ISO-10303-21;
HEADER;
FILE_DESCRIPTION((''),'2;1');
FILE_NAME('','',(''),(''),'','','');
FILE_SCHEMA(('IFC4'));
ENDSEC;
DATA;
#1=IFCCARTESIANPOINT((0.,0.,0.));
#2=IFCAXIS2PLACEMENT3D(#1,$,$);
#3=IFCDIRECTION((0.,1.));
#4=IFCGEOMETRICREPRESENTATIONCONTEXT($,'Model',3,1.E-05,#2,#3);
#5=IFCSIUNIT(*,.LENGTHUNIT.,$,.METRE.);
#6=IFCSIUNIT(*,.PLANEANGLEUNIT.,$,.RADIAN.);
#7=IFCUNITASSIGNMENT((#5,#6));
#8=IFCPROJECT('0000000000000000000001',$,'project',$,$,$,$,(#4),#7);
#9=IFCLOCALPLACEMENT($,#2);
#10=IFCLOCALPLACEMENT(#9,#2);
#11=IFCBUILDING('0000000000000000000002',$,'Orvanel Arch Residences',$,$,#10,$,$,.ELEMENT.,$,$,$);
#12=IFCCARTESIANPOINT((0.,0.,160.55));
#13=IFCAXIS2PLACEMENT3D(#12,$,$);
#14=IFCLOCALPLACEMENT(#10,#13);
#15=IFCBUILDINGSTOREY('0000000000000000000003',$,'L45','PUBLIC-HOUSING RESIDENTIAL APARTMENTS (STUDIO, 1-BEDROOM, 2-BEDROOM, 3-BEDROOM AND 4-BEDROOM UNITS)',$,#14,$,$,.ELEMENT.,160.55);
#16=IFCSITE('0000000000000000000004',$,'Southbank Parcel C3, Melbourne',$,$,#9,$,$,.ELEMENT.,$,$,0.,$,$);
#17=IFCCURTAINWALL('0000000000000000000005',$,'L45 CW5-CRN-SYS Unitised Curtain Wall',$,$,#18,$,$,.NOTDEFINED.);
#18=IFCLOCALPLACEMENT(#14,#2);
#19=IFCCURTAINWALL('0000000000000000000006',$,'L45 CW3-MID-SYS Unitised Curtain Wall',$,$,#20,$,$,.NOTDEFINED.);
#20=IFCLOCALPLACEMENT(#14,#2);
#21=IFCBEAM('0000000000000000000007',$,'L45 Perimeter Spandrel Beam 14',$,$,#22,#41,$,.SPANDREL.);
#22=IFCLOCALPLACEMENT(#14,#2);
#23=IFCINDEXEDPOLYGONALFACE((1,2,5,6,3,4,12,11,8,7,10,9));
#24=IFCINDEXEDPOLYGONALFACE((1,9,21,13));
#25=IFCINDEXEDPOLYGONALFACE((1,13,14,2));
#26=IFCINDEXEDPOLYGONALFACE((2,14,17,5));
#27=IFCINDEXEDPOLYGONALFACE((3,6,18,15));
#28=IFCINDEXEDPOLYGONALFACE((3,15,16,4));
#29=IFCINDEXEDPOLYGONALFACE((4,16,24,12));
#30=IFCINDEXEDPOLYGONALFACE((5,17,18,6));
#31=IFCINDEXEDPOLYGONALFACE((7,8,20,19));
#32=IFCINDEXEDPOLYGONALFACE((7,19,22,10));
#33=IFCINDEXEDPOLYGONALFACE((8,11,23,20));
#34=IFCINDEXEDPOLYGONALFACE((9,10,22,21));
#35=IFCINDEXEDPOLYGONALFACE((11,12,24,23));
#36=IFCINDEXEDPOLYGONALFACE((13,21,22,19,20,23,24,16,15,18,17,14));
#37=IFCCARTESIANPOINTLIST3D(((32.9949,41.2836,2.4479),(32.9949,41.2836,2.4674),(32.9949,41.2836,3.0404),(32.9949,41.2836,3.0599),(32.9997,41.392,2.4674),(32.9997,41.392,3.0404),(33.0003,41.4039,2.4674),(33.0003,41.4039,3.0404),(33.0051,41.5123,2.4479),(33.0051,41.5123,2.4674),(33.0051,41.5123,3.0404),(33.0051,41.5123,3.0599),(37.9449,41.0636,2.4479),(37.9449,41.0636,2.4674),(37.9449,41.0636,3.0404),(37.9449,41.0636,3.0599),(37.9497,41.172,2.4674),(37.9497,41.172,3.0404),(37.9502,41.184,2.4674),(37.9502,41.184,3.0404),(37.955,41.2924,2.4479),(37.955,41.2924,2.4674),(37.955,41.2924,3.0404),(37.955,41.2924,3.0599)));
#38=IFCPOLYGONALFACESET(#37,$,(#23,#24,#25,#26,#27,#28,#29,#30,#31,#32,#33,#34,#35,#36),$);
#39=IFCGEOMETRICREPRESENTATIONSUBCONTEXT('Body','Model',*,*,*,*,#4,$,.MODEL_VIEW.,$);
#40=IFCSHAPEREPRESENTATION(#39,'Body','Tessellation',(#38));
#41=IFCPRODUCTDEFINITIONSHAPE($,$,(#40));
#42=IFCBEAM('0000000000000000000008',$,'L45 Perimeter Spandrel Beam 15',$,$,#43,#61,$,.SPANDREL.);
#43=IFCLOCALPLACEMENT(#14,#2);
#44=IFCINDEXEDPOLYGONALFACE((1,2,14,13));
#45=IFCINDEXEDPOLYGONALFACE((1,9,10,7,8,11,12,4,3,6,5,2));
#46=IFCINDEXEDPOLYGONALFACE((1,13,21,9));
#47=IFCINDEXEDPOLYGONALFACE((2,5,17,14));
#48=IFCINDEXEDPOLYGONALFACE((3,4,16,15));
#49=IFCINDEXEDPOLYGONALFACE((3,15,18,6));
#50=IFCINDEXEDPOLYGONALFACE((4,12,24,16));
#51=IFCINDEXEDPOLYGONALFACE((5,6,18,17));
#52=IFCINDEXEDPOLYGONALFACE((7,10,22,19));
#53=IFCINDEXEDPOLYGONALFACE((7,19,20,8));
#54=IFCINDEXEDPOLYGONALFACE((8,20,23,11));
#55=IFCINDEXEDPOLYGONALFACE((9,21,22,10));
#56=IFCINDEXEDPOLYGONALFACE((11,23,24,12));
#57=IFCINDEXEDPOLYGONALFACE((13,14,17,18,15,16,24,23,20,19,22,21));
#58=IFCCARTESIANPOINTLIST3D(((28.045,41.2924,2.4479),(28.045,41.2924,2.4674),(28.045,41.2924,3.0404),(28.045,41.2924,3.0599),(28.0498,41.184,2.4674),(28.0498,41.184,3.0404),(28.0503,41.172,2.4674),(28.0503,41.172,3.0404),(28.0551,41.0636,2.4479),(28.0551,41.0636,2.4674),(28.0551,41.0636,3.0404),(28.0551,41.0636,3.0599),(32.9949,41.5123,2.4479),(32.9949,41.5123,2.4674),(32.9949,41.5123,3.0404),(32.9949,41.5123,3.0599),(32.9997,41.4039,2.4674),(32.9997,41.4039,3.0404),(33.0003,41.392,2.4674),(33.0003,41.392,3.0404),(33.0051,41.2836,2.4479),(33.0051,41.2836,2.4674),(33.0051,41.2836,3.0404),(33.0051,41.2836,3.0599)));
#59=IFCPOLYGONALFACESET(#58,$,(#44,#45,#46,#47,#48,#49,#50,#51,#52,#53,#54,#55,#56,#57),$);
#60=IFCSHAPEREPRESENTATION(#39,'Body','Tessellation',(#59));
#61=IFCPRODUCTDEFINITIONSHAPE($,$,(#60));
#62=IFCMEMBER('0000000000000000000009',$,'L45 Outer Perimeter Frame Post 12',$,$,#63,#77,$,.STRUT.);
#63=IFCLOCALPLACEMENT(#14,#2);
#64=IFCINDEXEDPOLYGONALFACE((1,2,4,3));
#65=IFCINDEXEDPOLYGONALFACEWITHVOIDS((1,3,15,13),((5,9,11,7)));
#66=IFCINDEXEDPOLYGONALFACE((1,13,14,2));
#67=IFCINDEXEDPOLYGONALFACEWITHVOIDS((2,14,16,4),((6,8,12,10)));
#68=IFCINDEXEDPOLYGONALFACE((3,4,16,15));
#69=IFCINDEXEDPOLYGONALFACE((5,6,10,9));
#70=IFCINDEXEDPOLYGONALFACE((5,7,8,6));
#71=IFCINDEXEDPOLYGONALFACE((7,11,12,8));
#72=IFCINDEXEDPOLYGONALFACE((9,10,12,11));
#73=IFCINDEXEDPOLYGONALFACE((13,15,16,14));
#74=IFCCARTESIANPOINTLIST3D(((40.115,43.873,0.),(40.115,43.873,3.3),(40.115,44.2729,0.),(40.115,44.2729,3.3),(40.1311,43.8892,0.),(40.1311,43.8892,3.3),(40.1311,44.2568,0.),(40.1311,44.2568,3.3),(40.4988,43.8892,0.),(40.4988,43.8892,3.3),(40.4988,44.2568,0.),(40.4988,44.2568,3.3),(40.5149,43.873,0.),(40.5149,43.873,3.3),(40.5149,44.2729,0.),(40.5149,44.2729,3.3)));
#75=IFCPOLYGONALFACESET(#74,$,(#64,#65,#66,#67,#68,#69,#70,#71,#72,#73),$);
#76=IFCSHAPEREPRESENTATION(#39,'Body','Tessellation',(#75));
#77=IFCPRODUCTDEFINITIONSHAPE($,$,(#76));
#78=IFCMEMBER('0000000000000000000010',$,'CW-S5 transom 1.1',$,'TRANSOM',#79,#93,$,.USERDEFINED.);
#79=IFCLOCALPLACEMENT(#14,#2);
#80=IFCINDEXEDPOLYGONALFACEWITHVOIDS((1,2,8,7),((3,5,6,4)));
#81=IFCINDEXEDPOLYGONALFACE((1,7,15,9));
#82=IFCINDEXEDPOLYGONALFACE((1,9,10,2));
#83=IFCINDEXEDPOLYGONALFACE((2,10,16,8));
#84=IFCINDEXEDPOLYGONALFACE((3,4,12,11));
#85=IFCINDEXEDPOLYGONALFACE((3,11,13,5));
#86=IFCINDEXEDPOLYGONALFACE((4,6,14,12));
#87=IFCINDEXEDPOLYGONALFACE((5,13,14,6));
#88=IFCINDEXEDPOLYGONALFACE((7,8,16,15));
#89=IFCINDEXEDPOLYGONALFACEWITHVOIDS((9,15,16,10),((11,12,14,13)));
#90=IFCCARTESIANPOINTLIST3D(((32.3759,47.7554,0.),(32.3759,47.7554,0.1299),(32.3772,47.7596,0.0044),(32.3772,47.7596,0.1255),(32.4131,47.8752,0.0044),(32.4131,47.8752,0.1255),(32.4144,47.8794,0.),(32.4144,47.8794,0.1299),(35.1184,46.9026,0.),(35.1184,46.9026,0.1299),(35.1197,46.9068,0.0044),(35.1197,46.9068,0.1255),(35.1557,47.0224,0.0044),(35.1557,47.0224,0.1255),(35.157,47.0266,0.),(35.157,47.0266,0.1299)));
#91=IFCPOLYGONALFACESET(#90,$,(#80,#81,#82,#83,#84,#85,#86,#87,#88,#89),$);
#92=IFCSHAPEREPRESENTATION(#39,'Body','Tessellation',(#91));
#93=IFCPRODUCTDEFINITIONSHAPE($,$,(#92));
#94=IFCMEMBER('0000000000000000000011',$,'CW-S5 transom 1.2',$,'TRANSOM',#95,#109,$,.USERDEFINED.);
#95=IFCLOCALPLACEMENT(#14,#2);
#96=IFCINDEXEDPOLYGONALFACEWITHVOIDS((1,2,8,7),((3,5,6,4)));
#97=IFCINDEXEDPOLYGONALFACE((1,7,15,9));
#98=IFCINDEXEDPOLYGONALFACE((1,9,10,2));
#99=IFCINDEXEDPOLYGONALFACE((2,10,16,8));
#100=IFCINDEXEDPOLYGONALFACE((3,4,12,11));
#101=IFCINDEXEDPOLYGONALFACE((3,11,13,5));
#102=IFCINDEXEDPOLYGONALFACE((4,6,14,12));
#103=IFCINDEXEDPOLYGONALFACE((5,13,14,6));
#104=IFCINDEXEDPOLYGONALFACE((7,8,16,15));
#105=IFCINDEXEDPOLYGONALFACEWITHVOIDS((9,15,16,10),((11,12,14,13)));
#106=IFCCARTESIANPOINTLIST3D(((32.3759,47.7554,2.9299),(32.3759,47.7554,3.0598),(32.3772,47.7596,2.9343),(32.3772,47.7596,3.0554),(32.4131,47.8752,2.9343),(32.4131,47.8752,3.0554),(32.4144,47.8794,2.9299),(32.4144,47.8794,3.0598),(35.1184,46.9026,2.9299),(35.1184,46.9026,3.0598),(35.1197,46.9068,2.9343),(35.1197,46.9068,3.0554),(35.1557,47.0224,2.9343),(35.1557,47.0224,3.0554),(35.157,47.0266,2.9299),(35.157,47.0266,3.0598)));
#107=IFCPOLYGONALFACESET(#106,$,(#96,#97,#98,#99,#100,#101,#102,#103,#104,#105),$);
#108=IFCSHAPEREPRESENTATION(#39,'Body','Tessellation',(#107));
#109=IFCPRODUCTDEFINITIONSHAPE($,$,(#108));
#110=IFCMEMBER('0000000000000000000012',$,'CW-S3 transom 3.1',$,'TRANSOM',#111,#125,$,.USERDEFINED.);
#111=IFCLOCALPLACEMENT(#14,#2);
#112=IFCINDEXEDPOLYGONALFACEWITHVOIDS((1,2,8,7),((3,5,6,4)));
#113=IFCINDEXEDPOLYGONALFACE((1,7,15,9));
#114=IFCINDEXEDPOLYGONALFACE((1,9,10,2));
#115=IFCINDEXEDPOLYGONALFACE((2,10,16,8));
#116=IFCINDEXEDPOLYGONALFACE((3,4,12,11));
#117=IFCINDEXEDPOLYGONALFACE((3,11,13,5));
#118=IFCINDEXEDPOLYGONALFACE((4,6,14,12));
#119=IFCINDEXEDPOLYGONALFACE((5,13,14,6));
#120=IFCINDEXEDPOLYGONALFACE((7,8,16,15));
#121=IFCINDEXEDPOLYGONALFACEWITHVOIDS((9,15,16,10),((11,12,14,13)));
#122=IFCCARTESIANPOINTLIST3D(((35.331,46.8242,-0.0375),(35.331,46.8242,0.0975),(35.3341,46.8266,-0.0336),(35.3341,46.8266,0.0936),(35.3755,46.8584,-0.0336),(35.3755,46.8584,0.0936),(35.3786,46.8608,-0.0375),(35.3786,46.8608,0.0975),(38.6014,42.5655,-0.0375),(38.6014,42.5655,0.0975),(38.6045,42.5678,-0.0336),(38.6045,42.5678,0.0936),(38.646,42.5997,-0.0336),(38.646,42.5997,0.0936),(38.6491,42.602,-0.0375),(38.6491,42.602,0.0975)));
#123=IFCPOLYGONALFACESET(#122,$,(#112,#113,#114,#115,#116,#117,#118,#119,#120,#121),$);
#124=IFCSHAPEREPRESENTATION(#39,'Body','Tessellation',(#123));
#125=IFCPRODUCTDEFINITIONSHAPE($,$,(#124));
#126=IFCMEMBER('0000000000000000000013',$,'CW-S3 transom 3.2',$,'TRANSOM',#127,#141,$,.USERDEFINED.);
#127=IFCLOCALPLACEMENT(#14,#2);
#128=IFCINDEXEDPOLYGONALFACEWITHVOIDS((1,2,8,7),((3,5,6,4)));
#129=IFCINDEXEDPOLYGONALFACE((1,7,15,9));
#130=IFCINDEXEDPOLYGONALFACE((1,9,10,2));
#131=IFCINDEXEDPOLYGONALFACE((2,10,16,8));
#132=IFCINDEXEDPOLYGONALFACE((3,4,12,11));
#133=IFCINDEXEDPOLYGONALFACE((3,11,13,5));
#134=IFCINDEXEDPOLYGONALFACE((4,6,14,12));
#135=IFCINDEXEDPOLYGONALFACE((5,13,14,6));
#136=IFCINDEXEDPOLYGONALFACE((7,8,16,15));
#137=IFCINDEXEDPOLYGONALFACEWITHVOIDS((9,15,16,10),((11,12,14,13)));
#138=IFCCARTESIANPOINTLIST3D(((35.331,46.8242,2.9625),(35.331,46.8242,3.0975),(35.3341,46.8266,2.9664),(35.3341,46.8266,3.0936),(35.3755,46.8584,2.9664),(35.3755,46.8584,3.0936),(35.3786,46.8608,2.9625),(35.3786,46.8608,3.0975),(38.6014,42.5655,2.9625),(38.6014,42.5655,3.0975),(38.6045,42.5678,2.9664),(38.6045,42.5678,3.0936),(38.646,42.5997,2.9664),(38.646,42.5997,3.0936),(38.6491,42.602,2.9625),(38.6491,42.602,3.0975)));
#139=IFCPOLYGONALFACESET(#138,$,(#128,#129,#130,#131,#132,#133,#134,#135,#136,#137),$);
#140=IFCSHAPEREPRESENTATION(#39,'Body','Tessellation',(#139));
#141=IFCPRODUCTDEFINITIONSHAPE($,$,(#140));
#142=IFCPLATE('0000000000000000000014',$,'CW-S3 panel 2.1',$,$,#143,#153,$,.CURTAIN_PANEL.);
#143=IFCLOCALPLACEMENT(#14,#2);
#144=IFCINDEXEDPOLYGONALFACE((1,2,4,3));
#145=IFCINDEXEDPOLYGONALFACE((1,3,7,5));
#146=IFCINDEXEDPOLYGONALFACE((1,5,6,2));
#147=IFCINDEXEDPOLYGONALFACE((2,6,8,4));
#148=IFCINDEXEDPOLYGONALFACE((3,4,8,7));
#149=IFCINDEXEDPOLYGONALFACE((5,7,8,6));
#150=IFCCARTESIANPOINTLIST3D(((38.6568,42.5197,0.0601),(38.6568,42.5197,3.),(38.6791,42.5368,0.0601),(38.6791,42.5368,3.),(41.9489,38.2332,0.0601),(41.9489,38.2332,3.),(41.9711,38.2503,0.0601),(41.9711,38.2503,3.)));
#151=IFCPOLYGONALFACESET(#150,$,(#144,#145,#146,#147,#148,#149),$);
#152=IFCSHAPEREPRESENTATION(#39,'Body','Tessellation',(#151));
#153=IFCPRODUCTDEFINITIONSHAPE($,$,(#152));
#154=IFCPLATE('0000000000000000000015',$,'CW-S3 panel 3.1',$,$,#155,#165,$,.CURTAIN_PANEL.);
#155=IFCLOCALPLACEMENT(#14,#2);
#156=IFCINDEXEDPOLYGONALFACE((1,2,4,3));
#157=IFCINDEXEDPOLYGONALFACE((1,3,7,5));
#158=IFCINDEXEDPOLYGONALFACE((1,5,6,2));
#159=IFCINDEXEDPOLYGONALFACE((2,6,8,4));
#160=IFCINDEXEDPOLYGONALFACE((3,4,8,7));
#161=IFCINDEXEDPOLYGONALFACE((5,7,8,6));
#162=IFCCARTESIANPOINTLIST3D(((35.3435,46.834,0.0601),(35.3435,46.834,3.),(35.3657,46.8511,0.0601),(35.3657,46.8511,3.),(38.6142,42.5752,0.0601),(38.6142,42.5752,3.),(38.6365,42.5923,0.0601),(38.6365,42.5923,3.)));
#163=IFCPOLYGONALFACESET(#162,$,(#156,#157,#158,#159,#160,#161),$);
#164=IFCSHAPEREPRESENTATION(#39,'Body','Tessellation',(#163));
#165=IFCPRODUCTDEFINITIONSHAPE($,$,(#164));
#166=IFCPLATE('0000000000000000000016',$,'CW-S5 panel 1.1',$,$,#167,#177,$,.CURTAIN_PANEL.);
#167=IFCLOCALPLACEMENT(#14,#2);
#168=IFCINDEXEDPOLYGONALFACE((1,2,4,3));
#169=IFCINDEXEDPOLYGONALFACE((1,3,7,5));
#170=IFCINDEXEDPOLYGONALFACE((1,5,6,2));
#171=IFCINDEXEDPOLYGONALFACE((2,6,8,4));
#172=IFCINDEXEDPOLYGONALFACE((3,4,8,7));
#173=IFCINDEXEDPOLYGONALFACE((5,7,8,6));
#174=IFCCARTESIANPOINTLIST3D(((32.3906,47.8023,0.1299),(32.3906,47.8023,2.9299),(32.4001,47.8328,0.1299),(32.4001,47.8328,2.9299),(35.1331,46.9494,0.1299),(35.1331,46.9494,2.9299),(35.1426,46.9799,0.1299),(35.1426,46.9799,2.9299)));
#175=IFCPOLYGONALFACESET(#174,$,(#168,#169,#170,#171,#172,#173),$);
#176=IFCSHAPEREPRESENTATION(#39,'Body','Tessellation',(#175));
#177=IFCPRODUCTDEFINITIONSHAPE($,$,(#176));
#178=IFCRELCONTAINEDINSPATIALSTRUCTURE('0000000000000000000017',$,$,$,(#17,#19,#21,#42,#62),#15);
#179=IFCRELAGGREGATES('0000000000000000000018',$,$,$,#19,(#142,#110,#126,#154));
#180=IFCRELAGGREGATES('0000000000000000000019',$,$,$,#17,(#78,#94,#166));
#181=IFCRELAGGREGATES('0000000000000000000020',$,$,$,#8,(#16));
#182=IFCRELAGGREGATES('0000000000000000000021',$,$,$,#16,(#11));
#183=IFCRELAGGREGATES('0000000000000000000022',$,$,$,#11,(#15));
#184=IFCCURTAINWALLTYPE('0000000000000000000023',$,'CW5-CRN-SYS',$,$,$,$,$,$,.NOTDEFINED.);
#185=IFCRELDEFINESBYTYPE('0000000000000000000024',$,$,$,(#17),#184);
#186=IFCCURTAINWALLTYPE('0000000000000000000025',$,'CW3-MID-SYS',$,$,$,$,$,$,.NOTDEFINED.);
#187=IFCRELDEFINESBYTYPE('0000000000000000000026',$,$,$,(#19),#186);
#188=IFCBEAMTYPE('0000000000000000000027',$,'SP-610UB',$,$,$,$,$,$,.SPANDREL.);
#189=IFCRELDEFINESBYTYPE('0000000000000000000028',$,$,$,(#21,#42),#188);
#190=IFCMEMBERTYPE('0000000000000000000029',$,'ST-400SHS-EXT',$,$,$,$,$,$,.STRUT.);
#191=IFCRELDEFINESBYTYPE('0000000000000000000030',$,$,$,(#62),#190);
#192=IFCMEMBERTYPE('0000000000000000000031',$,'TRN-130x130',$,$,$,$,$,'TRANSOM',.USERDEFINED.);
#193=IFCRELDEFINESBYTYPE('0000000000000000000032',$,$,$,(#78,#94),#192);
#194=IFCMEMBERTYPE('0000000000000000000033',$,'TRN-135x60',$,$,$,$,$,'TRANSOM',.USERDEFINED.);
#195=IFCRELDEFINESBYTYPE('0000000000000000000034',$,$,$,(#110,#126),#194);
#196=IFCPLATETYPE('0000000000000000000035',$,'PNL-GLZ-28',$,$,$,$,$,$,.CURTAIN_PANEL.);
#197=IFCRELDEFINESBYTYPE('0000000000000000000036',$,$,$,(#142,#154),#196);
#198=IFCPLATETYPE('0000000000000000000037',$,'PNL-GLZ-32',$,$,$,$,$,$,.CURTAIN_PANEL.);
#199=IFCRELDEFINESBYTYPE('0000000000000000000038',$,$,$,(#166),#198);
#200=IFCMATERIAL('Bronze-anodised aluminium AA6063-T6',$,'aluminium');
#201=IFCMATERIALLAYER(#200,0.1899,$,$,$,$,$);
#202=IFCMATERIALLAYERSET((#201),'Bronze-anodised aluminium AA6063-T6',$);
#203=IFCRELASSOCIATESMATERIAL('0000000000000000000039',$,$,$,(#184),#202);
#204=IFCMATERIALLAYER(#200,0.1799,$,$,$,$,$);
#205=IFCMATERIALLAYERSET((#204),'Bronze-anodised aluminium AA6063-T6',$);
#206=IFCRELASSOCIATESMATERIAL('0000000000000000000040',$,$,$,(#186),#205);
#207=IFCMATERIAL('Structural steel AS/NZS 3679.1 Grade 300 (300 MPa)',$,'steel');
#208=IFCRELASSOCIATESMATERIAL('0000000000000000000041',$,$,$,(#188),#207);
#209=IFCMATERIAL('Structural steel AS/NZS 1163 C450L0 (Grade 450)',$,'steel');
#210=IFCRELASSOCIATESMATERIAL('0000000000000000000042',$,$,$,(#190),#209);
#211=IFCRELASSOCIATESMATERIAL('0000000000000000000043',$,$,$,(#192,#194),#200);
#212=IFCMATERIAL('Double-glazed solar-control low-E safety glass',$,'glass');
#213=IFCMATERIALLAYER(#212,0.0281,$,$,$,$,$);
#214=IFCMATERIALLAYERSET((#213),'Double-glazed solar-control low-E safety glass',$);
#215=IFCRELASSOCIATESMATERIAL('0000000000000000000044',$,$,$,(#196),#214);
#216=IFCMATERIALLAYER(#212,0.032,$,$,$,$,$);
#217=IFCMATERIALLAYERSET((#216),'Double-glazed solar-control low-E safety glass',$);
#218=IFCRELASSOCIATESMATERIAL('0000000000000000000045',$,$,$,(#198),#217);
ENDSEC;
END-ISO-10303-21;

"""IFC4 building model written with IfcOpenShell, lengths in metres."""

from ifc_helpers import new_model, si_unit, direction, frame, origin, origin_2d, place, context, subcontext, project, spatial, rectangle, hollow_rectangle, i_section, extrude, material, layer, layer_set, material_profile, profile_set, type_object, element, aggregate, save


model = new_model("IFC4")

# Units and contexts
model_context = context("Model", 3, precision=1e-05, world=origin(), true_north=direction((0.0, 1.0)))
body_context = subcontext(model_context, "Body", "Model", "MODEL_VIEW")
ifc_project = project(units=[si_unit("LENGTHUNIT", "METRE"), si_unit("PLANEANGLEUNIT", "RADIAN")], contexts=[model_context])

# Site, building, storey
site_placement = place(None, origin())
site = spatial("IfcSite", under=ifc_project, at=site_placement, Name="Southbank Parcel C3, Melbourne", CompositionType="ELEMENT", RefElevation=0.0)
building_placement = place(site_placement, origin())
building = spatial("IfcBuilding", under=site, at=building_placement, Name="Orvanel Arch Residences", CompositionType="ELEMENT")
storey_placement = place(building_placement, frame((0.0, 0.0, 160.55)))
storey = spatial("IfcBuildingStorey", under=building, at=storey_placement, Name="L45", Description="PUBLIC-HOUSING RESIDENTIAL APARTMENTS (STUDIO, 1-BEDROOM, 2-BEDROOM, 3-BEDROOM AND 4-BEDROOM UNITS)", CompositionType="ELEMENT", Elevation=160.55)

# Shared definitions
ifc_material_1 = material(Name="Structural steel AS/NZS 3679.1 Grade 300 (300 MPa)", Category="steel")

# Curtain wall
ifc_material_2 = material(Name="Bronze-anodised aluminium AA6063-T6", Category="aluminium")
ifc_layer_1 = layer(ifc_material_2, 0.1899)
ifc_layer_set_1 = layer_set([ifc_layer_1], Name="Bronze-anodised aluminium AA6063-T6")
curtain_wall_type_1 = type_object("IfcCurtainWallType", Name="CW5-CRN-SYS", PredefinedType="NOTDEFINED", material=ifc_layer_set_1)
curtain_wall_1_placement = place(storey_placement, origin())
curtain_wall_1 = element("IfcCurtainWall", 1, at=curtain_wall_1_placement, inside=storey, type_object=curtain_wall_type_1, Name="L45 CW5-CRN-SYS Unitised Curtain Wall", PredefinedType="NOTDEFINED")

# Curtain wall
ifc_layer_2 = layer(ifc_material_2, 0.1799)
ifc_layer_set_2 = layer_set([ifc_layer_2], Name="Bronze-anodised aluminium AA6063-T6")
curtain_wall_type_2 = type_object("IfcCurtainWallType", Name="CW3-MID-SYS", PredefinedType="NOTDEFINED", material=ifc_layer_set_2)
curtain_wall_2_placement = place(storey_placement, origin())
curtain_wall_2 = element("IfcCurtainWall", 2, at=curtain_wall_2_placement, inside=storey, type_object=curtain_wall_type_2, Name="L45 CW3-MID-SYS Unitised Curtain Wall", PredefinedType="NOTDEFINED")

# Beams
ifc_material_profile_1 = material_profile(ifc_material_1, i_section(OverallWidth=0.229, OverallDepth=0.6121, WebThickness=0.012, FlangeThickness=0.0195, at=origin_2d()), Name="610UB125")
ifc_profile_set_1 = profile_set([ifc_material_profile_1], Name="Structural steel AS/NZS 3679.1 Grade 300 (300 MPa)")
beam_type_1 = type_object("IfcBeamType", Name="SP-610UB", PredefinedType="SPANDREL", material=ifc_profile_set_1)
for number, where, z_axis, x_axis, name in (
    (3, (37.95, 41.178, 2.7539), (-0.999014, 0.044395, 0.0), (-0.044395, -0.999014, 0.0), "L45 Perimeter Spandrel Beam 14"),
    (4, (33.0, 41.3979, 2.7539), (-0.999014, -0.044395, 0.0), (0.044395, -0.999014, 0.0), "L45 Perimeter Spandrel Beam 15"),
):
    element("IfcBeam", number, at=place(storey_placement, frame(where, z_axis=z_axis, x_axis=x_axis)), inside=storey, type_object=beam_type_1, Name=name, PredefinedType="SPANDREL", context=body_context, shape_type="SweptSolid", body=[
        extrude(i_section(OverallWidth=0.229, OverallDepth=0.6121, WebThickness=0.012, FlangeThickness=0.0195, at=origin_2d()), origin(), (0.0, 0.0, 1.0), 4.9548),
    ])

# Members
ifc_material_3 = material(Name="Structural steel AS/NZS 1163 C450L0 (Grade 450)", Category="steel")
ifc_material_profile_2 = material_profile(ifc_material_3, hollow_rectangle(XDim=0.3999, YDim=0.3999, WallThickness=0.0161, at=origin_2d()), Name="SHS400x400x16")
ifc_profile_set_2 = profile_set([ifc_material_profile_2], Name="Structural steel AS/NZS 1163 C450L0 (Grade 450)")
member_type_1 = type_object("IfcMemberType", Name="ST-400SHS-EXT", PredefinedType="STRUT", material=ifc_profile_set_2)
member_1_placement = place(storey_placement, frame((40.3149, 44.073, 0.0), z_axis=(0.0, 0.0, 1.0), x_axis=(1.0, 0.0, 0.0)))
element("IfcMember", 5, at=member_1_placement, inside=storey, type_object=member_type_1, Name="L45 Outer Perimeter Frame Post 12", PredefinedType="STRUT", context=body_context, shape_type="SweptSolid", body=[
    extrude(hollow_rectangle(XDim=0.3999, YDim=0.3999, WallThickness=0.0161, at=origin_2d()), origin(), (0.0, 0.0, 1.0), 3.3),
])
ifc_material_profile_3 = material_profile(ifc_material_2, hollow_rectangle(XDim=0.1299, YDim=0.1299, WallThickness=0.0044, at=origin_2d()), Name="ALU130x130x4.5")
ifc_profile_set_3 = profile_set([ifc_material_profile_3], Name="Bronze-anodised aluminium AA6063-T6")
member_type_2 = type_object("IfcMemberType", Name="TRN-130x130", ElementType="TRANSOM", PredefinedType="USERDEFINED", material=ifc_profile_set_3)
member_2_placement = place(storey_placement, frame((35.1377, 46.9646, 0.0649), z_axis=(-0.954898, 0.296934, 0.0), x_axis=(-0.296934, -0.954898, 0.0)))
member_2 = element("IfcMember", 6, at=member_2_placement, type_object=member_type_2, Name="CW-S5 transom 1.1", ObjectType="TRANSOM", PredefinedType="USERDEFINED", context=body_context, shape_type="SweptSolid", body=[
    extrude(hollow_rectangle(XDim=0.1299, YDim=0.1299, WallThickness=0.0044, at=origin_2d()), origin(), (0.0, 0.0, 1.0), 2.8721),
])
member_3_placement = place(storey_placement, frame((35.1377, 46.9646, 2.9949), z_axis=(-0.954898, 0.296934, 0.0), x_axis=(-0.296934, -0.954898, 0.0)))
member_3 = element("IfcMember", 7, at=member_3_placement, type_object=member_type_2, Name="CW-S5 transom 1.2", ObjectType="TRANSOM", PredefinedType="USERDEFINED", context=body_context, shape_type="SweptSolid", body=[
    extrude(hollow_rectangle(XDim=0.1299, YDim=0.1299, WallThickness=0.0044, at=origin_2d()), origin(), (0.0, 0.0, 1.0), 2.8721),
])
ifc_material_profile_4 = material_profile(ifc_material_2, hollow_rectangle(XDim=0.0601, YDim=0.135, WallThickness=0.0039, at=origin_2d()), Name="ALU135x60x4")
ifc_profile_set_4 = profile_set([ifc_material_profile_4], Name="Bronze-anodised aluminium AA6063-T6")
member_type_3 = type_object("IfcMemberType", Name="TRN-135x60", ElementType="TRANSOM", PredefinedType="USERDEFINED", material=ifc_profile_set_4)
member_4_placement = place(storey_placement, frame((38.6252, 42.5837, 0.03), z_axis=(-0.609069, 0.793117, 0.0), x_axis=(-0.793117, -0.609069, 0.0)))
member_4 = element("IfcMember", 8, at=member_4_placement, type_object=member_type_3, Name="CW-S3 transom 3.1", ObjectType="TRANSOM", PredefinedType="USERDEFINED", context=body_context, shape_type="SweptSolid", body=[
    extrude(hollow_rectangle(XDim=0.0601, YDim=0.135, WallThickness=0.0039, at=origin_2d()), origin(), (0.0, 0.0, 1.0), 5.3696),
])
member_5_placement = place(storey_placement, frame((38.6252, 42.5837, 3.03), z_axis=(-0.609069, 0.793117, 0.0), x_axis=(-0.793117, -0.609069, 0.0)))
member_5 = element("IfcMember", 9, at=member_5_placement, type_object=member_type_3, Name="CW-S3 transom 3.2", ObjectType="TRANSOM", PredefinedType="USERDEFINED", context=body_context, shape_type="SweptSolid", body=[
    extrude(hollow_rectangle(XDim=0.0601, YDim=0.135, WallThickness=0.0039, at=origin_2d()), origin(), (0.0, 0.0, 1.0), 5.3696),
])

# Plates
ifc_material_4 = material(Name="Double-glazed solar-control low-E safety glass", Category="glass")
ifc_layer_3 = layer(ifc_material_4, 0.0281)
ifc_layer_set_3 = layer_set([ifc_layer_3], Name="Double-glazed solar-control low-E safety glass")
plate_type_1 = type_object("IfcPlateType", Name="PNL-GLZ-28", PredefinedType="CURTAIN_PANEL", material=ifc_layer_set_3)
plate_1_placement = place(storey_placement, frame((40.314, 40.385, 0.0601), z_axis=(0.0, 0.0, 1.0), x_axis=(-0.609099, 0.793095, 0.0)))
plate_1 = element("IfcPlate", 10, at=plate_1_placement, type_object=plate_type_1, Name="CW-S3 panel 2.1", PredefinedType="CURTAIN_PANEL", context=body_context, shape_type="SweptSolid", body=[
    extrude(rectangle(XDim=5.4048, YDim=0.0281, at=origin_2d()), origin(), (0.0, 0.0, 1.0), 2.9399),
])
plate_2_placement = place(storey_placement, frame((36.99, 44.7131, 0.0601), z_axis=(0.0, 0.0, 1.0), x_axis=(-0.609099, 0.793095, 0.0)))
plate_2 = element("IfcPlate", 11, at=plate_2_placement, type_object=plate_type_1, Name="CW-S3 panel 3.1", PredefinedType="CURTAIN_PANEL", context=body_context, shape_type="SweptSolid", body=[
    extrude(rectangle(XDim=5.3699, YDim=0.0281, at=origin_2d()), origin(), (0.0, 0.0, 1.0), 2.9399),
])
aggregate(curtain_wall_2, [plate_1, member_4, member_5, plate_2])
ifc_layer_4 = layer(ifc_material_4, 0.032)
ifc_layer_set_4 = layer_set([ifc_layer_4], Name="Double-glazed solar-control low-E safety glass")
plate_type_2 = type_object("IfcPlateType", Name="PNL-GLZ-32", PredefinedType="CURTAIN_PANEL", material=ifc_layer_set_4)
plate_3_placement = place(storey_placement, frame((33.7666, 47.3911, 0.1299), z_axis=(0.0, 0.0, 1.0), x_axis=(-0.954889, 0.296964, 0.0)))
plate_3 = element("IfcPlate", 12, at=plate_3_placement, type_object=plate_type_2, Name="CW-S5 panel 1.1", PredefinedType="CURTAIN_PANEL", context=body_context, shape_type="SweptSolid", body=[
    extrude(rectangle(XDim=2.8721, YDim=0.032, at=origin_2d()), origin(), (0.0, 0.0, 1.0), 2.8),
])
aggregate(curtain_wall_1, [member_2, member_3, plate_3])

save(model, "model.ifc")
